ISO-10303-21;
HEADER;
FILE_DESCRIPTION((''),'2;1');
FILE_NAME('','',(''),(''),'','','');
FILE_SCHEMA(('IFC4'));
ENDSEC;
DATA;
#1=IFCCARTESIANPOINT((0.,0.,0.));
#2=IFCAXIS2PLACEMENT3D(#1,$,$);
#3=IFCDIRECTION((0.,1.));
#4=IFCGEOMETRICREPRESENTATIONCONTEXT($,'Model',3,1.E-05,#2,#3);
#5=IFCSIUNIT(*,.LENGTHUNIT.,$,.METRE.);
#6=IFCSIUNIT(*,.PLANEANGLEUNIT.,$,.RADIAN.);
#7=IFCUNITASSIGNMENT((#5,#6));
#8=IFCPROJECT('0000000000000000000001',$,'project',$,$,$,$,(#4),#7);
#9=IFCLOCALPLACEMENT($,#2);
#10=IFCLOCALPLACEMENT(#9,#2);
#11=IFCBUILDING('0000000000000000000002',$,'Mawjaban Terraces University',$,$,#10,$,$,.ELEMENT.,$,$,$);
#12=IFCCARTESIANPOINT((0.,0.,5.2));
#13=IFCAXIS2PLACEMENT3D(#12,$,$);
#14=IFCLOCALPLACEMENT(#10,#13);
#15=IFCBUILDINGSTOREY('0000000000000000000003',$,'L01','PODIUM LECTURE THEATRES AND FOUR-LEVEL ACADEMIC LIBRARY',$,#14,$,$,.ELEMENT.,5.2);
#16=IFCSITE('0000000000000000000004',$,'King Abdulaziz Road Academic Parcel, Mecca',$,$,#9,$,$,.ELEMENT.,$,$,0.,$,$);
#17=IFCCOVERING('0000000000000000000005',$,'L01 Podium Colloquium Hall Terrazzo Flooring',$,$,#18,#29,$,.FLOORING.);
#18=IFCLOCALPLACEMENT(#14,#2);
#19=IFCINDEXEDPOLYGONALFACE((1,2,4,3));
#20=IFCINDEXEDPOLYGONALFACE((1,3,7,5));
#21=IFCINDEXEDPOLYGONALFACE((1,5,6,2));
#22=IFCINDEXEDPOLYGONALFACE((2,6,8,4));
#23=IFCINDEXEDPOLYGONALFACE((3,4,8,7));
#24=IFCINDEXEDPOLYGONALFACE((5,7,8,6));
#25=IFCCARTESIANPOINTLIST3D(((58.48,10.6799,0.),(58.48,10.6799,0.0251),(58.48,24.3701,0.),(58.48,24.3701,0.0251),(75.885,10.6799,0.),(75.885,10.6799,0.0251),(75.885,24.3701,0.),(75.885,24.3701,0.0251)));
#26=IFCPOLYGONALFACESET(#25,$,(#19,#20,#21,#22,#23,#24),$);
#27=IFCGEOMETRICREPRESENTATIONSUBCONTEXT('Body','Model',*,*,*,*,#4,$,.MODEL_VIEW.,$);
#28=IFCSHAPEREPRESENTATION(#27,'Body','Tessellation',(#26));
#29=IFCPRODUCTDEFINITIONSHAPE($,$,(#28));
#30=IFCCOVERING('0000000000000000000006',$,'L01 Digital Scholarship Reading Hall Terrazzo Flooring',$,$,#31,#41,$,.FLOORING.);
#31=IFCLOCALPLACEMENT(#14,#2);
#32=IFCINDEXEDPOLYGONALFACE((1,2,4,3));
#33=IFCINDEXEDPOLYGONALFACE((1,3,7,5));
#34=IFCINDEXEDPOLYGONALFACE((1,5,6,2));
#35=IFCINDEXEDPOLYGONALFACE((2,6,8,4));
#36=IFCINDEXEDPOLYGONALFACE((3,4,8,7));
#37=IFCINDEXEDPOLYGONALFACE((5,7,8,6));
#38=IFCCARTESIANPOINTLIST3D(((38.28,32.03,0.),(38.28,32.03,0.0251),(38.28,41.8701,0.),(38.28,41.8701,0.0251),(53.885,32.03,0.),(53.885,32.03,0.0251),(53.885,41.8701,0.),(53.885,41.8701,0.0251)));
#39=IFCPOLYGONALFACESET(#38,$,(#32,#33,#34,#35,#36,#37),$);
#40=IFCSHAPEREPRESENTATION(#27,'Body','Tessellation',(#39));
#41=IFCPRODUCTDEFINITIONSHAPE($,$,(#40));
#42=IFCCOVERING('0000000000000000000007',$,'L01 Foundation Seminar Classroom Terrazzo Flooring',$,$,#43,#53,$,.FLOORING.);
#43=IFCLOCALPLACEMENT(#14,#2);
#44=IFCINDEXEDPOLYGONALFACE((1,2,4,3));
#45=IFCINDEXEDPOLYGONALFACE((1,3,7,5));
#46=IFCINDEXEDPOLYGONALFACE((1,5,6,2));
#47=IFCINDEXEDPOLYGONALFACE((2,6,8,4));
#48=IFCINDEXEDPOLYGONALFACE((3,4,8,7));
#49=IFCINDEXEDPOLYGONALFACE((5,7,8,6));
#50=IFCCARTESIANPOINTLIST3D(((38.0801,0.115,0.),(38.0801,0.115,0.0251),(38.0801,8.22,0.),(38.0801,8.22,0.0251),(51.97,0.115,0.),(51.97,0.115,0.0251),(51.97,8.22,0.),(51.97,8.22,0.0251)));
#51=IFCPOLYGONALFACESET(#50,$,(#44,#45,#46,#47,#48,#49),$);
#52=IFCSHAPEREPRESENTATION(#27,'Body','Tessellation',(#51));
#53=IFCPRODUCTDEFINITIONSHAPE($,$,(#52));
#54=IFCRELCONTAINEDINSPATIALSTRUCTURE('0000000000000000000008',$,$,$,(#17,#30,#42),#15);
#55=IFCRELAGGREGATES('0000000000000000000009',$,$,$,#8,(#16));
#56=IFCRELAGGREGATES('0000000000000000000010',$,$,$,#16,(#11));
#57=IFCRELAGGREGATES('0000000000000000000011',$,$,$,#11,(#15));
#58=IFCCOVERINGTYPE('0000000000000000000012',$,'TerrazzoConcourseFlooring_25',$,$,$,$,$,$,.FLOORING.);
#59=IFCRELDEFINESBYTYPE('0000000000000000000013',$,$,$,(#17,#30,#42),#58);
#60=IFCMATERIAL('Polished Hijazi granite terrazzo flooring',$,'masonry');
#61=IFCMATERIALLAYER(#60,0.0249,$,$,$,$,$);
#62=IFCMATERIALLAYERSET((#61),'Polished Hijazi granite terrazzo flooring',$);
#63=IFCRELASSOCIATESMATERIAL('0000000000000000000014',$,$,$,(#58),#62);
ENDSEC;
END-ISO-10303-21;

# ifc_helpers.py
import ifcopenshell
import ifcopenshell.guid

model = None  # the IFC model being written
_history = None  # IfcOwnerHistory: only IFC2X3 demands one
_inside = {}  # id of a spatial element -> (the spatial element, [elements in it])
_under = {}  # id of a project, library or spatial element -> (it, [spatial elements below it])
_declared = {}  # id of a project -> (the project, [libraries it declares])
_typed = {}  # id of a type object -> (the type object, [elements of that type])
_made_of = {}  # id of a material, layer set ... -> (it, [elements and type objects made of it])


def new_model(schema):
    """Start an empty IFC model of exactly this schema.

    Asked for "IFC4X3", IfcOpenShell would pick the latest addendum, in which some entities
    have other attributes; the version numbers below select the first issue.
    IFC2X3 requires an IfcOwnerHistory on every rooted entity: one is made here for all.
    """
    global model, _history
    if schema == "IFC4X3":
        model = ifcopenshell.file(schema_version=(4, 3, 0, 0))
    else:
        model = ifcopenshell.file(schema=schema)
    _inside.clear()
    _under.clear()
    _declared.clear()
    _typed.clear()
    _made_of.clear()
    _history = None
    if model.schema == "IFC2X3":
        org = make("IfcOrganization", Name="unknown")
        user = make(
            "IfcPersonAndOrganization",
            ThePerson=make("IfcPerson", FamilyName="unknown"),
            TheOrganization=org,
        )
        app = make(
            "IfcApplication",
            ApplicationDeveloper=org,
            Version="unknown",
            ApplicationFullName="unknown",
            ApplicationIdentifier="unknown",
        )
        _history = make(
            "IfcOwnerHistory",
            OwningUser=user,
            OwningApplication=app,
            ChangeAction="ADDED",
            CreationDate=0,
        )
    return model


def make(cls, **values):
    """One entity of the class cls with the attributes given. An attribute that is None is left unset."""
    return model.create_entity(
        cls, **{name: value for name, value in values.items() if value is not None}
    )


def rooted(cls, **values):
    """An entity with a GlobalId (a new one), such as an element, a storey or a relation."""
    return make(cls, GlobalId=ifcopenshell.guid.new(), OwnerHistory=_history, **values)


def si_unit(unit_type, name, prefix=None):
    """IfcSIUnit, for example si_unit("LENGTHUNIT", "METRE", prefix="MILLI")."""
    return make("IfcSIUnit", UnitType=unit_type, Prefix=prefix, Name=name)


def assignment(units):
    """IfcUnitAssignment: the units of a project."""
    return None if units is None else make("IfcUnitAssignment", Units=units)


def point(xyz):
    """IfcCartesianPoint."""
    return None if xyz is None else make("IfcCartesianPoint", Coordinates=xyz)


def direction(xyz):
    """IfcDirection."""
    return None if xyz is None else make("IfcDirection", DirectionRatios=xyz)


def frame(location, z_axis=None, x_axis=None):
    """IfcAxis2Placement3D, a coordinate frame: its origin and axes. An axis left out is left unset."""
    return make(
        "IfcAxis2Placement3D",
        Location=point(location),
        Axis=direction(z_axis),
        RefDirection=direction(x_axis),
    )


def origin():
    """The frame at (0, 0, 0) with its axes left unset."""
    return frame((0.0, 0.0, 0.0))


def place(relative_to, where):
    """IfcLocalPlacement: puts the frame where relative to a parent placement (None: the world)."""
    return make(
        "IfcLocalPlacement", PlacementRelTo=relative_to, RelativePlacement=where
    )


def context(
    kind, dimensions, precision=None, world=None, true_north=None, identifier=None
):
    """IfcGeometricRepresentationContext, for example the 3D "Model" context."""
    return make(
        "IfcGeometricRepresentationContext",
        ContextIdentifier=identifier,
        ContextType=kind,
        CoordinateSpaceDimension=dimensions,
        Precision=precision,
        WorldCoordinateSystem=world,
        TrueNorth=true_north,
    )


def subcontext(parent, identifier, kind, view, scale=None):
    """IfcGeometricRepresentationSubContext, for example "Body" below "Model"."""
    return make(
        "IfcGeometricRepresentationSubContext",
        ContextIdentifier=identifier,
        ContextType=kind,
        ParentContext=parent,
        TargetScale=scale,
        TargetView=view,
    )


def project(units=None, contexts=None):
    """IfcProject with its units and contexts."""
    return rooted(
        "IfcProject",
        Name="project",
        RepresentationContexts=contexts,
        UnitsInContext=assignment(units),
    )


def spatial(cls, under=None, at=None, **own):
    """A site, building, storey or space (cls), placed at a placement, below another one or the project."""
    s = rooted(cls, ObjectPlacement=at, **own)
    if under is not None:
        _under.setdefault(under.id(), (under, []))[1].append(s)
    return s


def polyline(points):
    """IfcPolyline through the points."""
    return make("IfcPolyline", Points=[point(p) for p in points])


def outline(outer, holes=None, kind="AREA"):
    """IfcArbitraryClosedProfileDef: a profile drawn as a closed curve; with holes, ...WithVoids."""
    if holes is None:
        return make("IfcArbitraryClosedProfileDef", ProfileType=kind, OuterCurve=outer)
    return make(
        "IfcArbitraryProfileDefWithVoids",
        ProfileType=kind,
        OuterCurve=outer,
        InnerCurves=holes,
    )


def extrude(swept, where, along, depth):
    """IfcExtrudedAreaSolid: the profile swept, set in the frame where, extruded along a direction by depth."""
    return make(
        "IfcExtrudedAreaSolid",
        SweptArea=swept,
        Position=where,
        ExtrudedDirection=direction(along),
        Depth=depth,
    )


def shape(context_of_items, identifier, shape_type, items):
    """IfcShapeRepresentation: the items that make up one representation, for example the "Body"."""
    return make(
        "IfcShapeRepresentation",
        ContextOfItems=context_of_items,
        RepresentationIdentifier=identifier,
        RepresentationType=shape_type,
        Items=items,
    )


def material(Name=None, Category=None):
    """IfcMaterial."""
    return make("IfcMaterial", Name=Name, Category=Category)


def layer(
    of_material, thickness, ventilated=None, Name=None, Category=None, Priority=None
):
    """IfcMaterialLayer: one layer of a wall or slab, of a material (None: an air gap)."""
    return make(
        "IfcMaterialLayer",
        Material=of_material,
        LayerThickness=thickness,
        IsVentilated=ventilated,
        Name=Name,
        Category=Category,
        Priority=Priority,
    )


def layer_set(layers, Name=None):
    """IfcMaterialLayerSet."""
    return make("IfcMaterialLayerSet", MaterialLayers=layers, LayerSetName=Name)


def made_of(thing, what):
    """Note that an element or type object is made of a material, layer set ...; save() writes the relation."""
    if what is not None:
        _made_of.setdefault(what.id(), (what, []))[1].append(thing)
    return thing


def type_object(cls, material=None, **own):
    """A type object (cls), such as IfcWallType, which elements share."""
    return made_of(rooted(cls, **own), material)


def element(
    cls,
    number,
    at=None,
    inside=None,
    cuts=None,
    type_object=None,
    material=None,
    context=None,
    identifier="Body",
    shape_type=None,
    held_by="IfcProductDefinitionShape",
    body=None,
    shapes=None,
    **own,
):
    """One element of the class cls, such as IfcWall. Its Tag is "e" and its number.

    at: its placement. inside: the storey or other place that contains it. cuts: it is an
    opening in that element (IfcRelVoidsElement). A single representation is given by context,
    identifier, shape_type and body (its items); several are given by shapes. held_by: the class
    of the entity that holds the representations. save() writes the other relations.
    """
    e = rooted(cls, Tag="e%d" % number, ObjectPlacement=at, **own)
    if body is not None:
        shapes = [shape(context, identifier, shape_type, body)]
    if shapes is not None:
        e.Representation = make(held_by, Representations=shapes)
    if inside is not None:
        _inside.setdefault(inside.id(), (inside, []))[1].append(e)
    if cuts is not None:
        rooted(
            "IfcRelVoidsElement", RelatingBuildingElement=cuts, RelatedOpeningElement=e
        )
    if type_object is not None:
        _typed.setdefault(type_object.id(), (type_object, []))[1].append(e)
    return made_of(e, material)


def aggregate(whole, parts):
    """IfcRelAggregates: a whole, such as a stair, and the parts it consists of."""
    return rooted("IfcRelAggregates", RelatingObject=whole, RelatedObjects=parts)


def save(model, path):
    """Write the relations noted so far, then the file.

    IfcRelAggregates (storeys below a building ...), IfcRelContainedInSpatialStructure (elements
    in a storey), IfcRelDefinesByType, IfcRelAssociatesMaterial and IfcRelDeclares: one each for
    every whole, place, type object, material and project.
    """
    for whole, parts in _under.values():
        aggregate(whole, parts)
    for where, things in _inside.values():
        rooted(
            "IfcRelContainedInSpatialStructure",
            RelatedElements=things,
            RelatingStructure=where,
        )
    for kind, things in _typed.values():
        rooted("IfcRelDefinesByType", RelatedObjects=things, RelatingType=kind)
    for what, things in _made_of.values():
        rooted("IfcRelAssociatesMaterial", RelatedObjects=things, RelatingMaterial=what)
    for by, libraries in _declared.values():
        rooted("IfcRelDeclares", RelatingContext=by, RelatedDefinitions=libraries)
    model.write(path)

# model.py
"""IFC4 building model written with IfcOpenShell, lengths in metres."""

from ifc_helpers import new_model, si_unit, direction, frame, origin, place, context, subcontext, project, spatial, polyline, outline, extrude, material, layer, layer_set, type_object, element, save


model = new_model("IFC4")

# Units and contexts
model_context = context("Model", 3, precision=1e-05, world=origin(), true_north=direction((0.0, 1.0)))
body_context = subcontext(model_context, "Body", "Model", "MODEL_VIEW")
ifc_project = project(units=[si_unit("LENGTHUNIT", "METRE"), si_unit("PLANEANGLEUNIT", "RADIAN")], contexts=[model_context])

# Site, building, storey
site_placement = place(None, origin())
site = spatial("IfcSite", under=ifc_project, at=site_placement, Name="King Abdulaziz Road Academic Parcel, Mecca", CompositionType="ELEMENT", RefElevation=0.0)
building_placement = place(site_placement, origin())
building = spatial("IfcBuilding", under=site, at=building_placement, Name="Mawjaban Terraces University", CompositionType="ELEMENT")
storey_placement = place(building_placement, frame((0.0, 0.0, 5.2)))
storey = spatial("IfcBuildingStorey", under=building, at=storey_placement, Name="L01", Description="PODIUM LECTURE THEATRES AND FOUR-LEVEL ACADEMIC LIBRARY", CompositionType="ELEMENT", Elevation=5.2)

# Coverings
ifc_material_1 = material(Name="Polished Hijazi granite terrazzo flooring", Category="masonry")
ifc_layer_1 = layer(ifc_material_1, 0.0249)
ifc_layer_set_1 = layer_set([ifc_layer_1], Name="Polished Hijazi granite terrazzo flooring")
covering_type_1 = type_object("IfcCoveringType", Name="TerrazzoConcourseFlooring_25", PredefinedType="FLOORING", material=ifc_layer_set_1)
covering_1_placement = place(storey_placement, origin())
element("IfcCovering", 1, at=covering_1_placement, inside=storey, type_object=covering_type_1, Name="L01 Podium Colloquium Hall Terrazzo Flooring", PredefinedType="FLOORING", context=body_context, shape_type="SweptSolid", body=[
    extrude(outline(polyline([(75.885, 10.6799), (75.885, 24.3701), (58.48, 24.3701), (58.48, 10.6799), (75.885, 10.6799)])), origin(), (0.0, 0.0, 1.0), 0.0251),
])
covering_2_placement = place(storey_placement, origin())
element("IfcCovering", 2, at=covering_2_placement, inside=storey, type_object=covering_type_1, Name="L01 Digital Scholarship Reading Hall Terrazzo Flooring", PredefinedType="FLOORING", context=body_context, shape_type="SweptSolid", body=[
    extrude(outline(polyline([(53.885, 32.03), (53.885, 41.8701), (38.28, 41.8701), (38.28, 32.03), (53.885, 32.03)])), origin(), (0.0, 0.0, 1.0), 0.0251),
])
covering_3_placement = place(storey_placement, origin())
element("IfcCovering", 3, at=covering_3_placement, inside=storey, type_object=covering_type_1, Name="L01 Foundation Seminar Classroom Terrazzo Flooring", PredefinedType="FLOORING", context=body_context, shape_type="SweptSolid", body=[
    extrude(outline(polyline([(38.0801, 0.115), (51.97, 0.115), (51.97, 8.22), (38.0801, 8.22), (38.0801, 0.115)])), origin(), (0.0, 0.0, 1.0), 0.0251),
])

save(model, "model.ifc")
